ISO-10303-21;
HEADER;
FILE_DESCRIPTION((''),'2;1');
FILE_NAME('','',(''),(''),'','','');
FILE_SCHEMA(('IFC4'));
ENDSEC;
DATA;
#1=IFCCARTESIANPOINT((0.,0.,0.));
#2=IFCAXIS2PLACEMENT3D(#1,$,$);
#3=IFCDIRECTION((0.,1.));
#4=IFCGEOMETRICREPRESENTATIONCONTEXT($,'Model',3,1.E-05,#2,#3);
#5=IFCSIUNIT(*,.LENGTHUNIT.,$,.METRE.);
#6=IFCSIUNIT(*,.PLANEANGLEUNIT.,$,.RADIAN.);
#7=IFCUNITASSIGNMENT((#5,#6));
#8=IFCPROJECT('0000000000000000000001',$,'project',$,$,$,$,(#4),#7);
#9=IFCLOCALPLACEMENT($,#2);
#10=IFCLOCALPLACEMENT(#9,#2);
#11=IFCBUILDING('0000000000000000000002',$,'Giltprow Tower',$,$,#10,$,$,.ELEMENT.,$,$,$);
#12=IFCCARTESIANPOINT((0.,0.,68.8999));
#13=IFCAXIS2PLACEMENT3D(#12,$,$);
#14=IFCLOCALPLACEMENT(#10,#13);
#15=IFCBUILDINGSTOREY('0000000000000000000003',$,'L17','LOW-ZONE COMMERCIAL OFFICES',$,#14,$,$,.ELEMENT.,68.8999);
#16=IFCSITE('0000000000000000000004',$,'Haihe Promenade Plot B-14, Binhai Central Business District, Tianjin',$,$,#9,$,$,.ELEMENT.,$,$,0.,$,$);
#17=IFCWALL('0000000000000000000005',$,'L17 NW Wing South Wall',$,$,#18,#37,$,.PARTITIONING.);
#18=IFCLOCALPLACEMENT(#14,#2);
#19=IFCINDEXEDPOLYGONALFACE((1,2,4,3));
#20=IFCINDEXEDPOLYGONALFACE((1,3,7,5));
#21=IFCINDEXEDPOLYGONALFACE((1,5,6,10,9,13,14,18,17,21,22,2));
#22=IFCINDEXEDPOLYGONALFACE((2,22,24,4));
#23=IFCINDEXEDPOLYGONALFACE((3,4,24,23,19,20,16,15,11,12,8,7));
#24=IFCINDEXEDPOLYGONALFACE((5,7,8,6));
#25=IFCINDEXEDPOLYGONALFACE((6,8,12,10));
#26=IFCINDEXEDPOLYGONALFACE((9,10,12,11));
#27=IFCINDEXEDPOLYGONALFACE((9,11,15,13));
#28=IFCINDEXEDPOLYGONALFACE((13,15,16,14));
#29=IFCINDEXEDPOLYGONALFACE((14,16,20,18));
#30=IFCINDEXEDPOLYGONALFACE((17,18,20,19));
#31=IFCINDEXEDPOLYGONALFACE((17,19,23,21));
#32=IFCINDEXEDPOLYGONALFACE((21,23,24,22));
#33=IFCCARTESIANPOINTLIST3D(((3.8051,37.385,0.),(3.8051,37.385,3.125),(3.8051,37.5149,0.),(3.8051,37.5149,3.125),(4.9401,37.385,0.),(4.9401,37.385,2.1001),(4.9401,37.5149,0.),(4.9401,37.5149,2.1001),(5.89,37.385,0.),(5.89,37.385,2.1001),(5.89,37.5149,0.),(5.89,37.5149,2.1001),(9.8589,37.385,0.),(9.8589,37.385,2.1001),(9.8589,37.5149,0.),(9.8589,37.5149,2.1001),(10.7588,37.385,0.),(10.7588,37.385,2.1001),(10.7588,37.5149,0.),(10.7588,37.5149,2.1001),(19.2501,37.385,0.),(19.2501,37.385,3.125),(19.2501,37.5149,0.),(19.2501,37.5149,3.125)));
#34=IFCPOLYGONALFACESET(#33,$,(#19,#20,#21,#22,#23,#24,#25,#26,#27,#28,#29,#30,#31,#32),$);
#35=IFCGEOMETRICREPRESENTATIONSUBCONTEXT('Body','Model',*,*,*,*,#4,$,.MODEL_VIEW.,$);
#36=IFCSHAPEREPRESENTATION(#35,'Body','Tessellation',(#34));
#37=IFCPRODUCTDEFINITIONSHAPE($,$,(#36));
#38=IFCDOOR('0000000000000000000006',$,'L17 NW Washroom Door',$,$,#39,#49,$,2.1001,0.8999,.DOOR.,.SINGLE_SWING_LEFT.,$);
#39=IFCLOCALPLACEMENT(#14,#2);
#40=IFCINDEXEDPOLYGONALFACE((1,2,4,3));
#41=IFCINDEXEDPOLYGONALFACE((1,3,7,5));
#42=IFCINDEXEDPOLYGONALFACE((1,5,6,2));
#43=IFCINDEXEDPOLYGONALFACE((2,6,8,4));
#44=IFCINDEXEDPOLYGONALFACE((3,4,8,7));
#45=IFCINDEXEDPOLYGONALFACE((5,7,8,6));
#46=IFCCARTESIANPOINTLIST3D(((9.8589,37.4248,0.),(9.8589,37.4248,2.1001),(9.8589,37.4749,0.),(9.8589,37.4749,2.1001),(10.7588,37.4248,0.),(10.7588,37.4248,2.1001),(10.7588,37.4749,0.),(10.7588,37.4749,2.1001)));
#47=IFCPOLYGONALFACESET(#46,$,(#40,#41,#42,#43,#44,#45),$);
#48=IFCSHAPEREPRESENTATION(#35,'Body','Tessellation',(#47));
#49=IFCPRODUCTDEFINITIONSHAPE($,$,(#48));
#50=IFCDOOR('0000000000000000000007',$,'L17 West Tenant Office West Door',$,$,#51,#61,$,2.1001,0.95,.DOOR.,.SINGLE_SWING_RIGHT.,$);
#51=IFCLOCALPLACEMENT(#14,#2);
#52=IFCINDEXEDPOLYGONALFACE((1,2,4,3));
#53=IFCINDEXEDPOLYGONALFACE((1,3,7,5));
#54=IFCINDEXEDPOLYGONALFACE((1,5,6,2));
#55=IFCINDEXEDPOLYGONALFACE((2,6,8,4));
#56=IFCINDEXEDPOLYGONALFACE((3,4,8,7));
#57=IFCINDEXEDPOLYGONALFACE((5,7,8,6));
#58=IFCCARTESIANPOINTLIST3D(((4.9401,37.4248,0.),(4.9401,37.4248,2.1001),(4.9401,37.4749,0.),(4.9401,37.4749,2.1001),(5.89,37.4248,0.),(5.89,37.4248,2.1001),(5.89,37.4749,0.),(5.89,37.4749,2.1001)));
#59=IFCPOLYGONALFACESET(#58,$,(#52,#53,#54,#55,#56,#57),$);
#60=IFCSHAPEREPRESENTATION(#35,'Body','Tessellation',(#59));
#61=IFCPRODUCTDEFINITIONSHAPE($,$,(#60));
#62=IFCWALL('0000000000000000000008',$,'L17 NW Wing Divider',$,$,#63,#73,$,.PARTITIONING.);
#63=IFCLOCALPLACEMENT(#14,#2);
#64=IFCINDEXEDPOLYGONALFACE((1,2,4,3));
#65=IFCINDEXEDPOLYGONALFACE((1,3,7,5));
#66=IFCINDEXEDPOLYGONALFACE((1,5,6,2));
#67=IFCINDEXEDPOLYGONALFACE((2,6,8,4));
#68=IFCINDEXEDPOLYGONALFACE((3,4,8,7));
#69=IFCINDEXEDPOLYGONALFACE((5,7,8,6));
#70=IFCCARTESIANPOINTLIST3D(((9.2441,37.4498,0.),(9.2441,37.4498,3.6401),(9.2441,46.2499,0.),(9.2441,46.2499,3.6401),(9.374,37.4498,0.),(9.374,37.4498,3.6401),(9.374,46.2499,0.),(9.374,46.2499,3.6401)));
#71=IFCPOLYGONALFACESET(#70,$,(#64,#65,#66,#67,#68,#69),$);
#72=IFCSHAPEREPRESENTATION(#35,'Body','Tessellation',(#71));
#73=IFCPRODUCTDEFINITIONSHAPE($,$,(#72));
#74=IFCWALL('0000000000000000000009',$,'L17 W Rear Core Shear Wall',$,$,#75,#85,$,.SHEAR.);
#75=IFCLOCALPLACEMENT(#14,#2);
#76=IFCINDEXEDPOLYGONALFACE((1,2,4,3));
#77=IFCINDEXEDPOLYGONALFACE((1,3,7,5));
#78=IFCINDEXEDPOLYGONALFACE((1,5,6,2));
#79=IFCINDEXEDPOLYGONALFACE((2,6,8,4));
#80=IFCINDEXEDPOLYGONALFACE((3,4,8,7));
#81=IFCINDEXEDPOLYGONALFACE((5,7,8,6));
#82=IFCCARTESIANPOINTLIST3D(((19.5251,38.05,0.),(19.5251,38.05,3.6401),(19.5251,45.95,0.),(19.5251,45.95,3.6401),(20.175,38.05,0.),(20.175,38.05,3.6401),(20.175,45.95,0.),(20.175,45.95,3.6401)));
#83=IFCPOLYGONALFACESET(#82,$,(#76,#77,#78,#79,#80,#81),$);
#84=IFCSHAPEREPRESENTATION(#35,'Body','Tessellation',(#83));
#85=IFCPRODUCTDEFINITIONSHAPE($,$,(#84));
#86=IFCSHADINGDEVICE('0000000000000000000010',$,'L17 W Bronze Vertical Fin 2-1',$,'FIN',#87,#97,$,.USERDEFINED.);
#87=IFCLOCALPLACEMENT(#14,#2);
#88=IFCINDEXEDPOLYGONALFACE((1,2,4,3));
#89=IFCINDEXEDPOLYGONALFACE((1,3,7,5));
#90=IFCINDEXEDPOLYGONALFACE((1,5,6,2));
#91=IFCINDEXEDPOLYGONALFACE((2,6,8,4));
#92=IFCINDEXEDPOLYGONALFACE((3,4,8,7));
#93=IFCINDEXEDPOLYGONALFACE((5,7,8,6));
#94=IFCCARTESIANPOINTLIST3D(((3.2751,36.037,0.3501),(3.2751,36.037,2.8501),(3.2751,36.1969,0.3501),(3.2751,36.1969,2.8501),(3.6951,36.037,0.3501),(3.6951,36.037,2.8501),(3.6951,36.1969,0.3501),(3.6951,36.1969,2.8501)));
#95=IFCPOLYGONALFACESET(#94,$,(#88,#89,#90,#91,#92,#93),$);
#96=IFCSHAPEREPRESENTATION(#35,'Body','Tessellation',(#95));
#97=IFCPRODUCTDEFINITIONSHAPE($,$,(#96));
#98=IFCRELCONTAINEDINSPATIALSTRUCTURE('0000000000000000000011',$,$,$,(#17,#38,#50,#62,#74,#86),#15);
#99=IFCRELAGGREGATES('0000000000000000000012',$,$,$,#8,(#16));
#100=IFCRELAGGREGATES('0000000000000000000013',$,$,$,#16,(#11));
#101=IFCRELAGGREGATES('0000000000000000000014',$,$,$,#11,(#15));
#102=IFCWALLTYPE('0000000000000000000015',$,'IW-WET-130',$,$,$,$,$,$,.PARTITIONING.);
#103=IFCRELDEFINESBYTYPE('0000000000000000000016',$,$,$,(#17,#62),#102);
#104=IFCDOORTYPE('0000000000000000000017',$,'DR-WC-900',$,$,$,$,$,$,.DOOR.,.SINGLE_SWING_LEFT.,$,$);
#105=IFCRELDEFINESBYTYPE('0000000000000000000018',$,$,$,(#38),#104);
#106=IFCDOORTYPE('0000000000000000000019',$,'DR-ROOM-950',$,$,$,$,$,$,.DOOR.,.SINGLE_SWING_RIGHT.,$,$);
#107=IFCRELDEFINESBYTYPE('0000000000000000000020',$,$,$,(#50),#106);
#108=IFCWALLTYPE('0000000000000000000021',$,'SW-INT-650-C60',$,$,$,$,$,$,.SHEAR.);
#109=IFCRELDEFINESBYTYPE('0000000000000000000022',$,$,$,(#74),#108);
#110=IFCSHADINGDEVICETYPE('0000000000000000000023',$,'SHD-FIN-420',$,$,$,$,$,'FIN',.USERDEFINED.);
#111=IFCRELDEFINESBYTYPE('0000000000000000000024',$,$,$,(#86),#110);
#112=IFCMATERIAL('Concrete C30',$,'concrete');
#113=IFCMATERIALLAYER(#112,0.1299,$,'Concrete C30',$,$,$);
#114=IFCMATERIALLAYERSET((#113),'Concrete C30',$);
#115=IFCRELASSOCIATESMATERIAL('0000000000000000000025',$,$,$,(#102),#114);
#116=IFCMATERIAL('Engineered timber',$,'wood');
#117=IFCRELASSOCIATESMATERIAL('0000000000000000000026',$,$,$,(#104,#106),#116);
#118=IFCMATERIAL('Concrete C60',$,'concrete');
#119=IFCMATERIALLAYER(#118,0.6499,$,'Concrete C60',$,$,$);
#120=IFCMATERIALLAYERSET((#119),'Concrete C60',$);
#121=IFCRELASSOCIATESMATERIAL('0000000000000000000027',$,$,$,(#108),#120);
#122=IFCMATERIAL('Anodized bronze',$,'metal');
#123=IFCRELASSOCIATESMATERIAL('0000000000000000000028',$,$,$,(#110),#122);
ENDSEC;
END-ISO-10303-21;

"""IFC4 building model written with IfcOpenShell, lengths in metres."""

from ifc_helpers import new_model, si_unit, direction, frame, frame_2d, origin, origin_2d, place, context, subcontext, project, spatial, rectangle, extrude, source, transform, mapped, material, layer, layer_set, type_object, element, fill, save


model = new_model("IFC4")

# Units and contexts
model_context = context("Model", 3, precision=1e-05, world=origin(), true_north=direction((0.0, 1.0)))
body_context = subcontext(model_context, "Body", "Model", "MODEL_VIEW")
ifc_project = project(units=[si_unit("LENGTHUNIT", "METRE"), si_unit("PLANEANGLEUNIT", "RADIAN")], contexts=[model_context])

# Site, building, storey
site_placement = place(None, origin())
site = spatial("IfcSite", under=ifc_project, at=site_placement, Name="Haihe Promenade Plot B-14, Binhai Central Business District, Tianjin", CompositionType="ELEMENT", RefElevation=0.0)
building_placement = place(site_placement, origin())
building = spatial("IfcBuilding", under=site, at=building_placement, Name="Giltprow Tower", CompositionType="ELEMENT")
storey_placement = place(building_placement, frame((0.0, 0.0, 68.8999)))
storey = spatial("IfcBuildingStorey", under=building, at=storey_placement, Name="L17", Description="LOW-ZONE COMMERCIAL OFFICES", CompositionType="ELEMENT", Elevation=68.8999)

# Shared definitions
ifc_material_1 = material(Name="Concrete C60", Category="concrete")

# Shared definitions
ifc_material_2 = material(Name="Engineered timber", Category="wood")

# Wall, openings, doors
ifc_material_3 = material(Name="Concrete C30", Category="concrete")
ifc_layer_1 = layer(ifc_material_3, 0.1299, Name="Concrete C30")
ifc_layer_set_1 = layer_set([ifc_layer_1], Name="Concrete C30")
wall_type_1 = type_object("IfcWallType", Name="IW-WET-130", PredefinedType="PARTITIONING", material=ifc_layer_set_1)
wall_1_placement = place(storey_placement, frame((3.8049, 37.45, 0.0), z_axis=(0.0, 0.0, 1.0), x_axis=(1.0, 0.0, 0.0)))
wall_1 = element("IfcWall", 1, at=wall_1_placement, inside=storey, type_object=wall_type_1, Name="L17 NW Wing South Wall", PredefinedType="PARTITIONING", context=body_context, shape_type="SweptSolid", body=[
    extrude(rectangle(XDim=15.4451, YDim=0.1299, at=frame_2d((7.7227, 0.0))), origin(), (0.0, 0.0, 1.0), 3.125),
])
opening_1_placement = place(wall_1_placement, frame((1.135, 0.0, 0.0)))
opening_1 = element("IfcOpeningElement", 2, at=opening_1_placement, cuts=wall_1, PredefinedType="OPENING", context=body_context, shape_type="SweptSolid", body=[
    extrude(rectangle(XDim=0.95, YDim=2.1001, at=frame_2d((0.4751, 1.05))), frame((0.0, 0.075, 0.0), z_axis=(0.0, -1.0, 0.0), x_axis=(1.0, 0.0, 0.0)), (0.0, 0.0, 1.0), 0.1499),
])
opening_2_placement = place(wall_1_placement, frame((6.054, 0.0, 0.0)))
opening_2 = element("IfcOpeningElement", 3, at=opening_2_placement, cuts=wall_1, PredefinedType="OPENING", context=body_context, shape_type="SweptSolid", body=[
    extrude(rectangle(XDim=0.8999, YDim=2.1001, at=frame_2d((0.45, 1.05))), frame((0.0, 0.075, 0.0), z_axis=(0.0, -1.0, 0.0), x_axis=(1.0, 0.0, 0.0)), (0.0, 0.0, 1.0), 0.1499),
])
door_type_1 = type_object("IfcDoorType", Name="DR-WC-900", OperationType="SINGLE_SWING_LEFT", PredefinedType="DOOR", material=ifc_material_2)
shared_shape_1 = source(origin(), body_context, "Body", "SweptSolid", [
    extrude(rectangle(XDim=0.8999, YDim=2.1001, at=frame_2d((0.45, 1.05))), frame((0.0, 0.0249, 0.0), z_axis=(0.0, -1.0, 0.0), x_axis=(1.0, 0.0, 0.0)), (0.0, 0.0, 1.0), 0.05),
])
door_1_placement = place(opening_2_placement, origin())
door_1 = element("IfcDoor", 4, at=door_1_placement, inside=storey, type_object=door_type_1, Name="L17 NW Washroom Door", OperationType="SINGLE_SWING_LEFT", OverallHeight=2.1001, OverallWidth=0.8999, PredefinedType="DOOR", context=body_context, shape_type="MappedRepresentation", body=[
    mapped(shared_shape_1, transform((0.0, 0.0, 0.0), x_axis=(1.0, 0.0, 0.0), y_axis=(0.0, 1.0, 0.0), z_axis=(0.0, 0.0, 1.0), scale=1.0)),
])
fill(opening_2, door_1)
door_type_2 = type_object("IfcDoorType", Name="DR-ROOM-950", OperationType="SINGLE_SWING_RIGHT", PredefinedType="DOOR", material=ifc_material_2)
shared_shape_2 = source(origin(), body_context, "Body", "SweptSolid", [
    extrude(rectangle(XDim=0.95, YDim=2.1001, at=frame_2d((0.4751, 1.05))), frame((0.0, 0.0249, 0.0), z_axis=(0.0, -1.0, 0.0), x_axis=(1.0, 0.0, 0.0)), (0.0, 0.0, 1.0), 0.05),
])
door_2_placement = place(opening_1_placement, origin())
door_2 = element("IfcDoor", 5, at=door_2_placement, inside=storey, type_object=door_type_2, Name="L17 West Tenant Office West Door", OperationType="SINGLE_SWING_RIGHT", OverallHeight=2.1001, OverallWidth=0.95, PredefinedType="DOOR", context=body_context, shape_type="MappedRepresentation", body=[
    mapped(shared_shape_2, transform((0.0, 0.0, 0.0), x_axis=(1.0, 0.0, 0.0), y_axis=(0.0, 1.0, 0.0), z_axis=(0.0, 0.0, 1.0), scale=1.0)),
])
fill(opening_1, door_2)

# Walls
wall_2_placement = place(storey_placement, frame((9.3091, 37.45, 0.0), z_axis=(0.0, 0.0, 1.0), x_axis=(0.0, 1.0, 0.0)))
element("IfcWall", 6, at=wall_2_placement, inside=storey, type_object=wall_type_1, Name="L17 NW Wing Divider", PredefinedType="PARTITIONING", context=body_context, shape_type="SweptSolid", body=[
    extrude(rectangle(XDim=8.8, YDim=0.1299, at=frame_2d((4.3999, 0.0))), origin(), (0.0, 0.0, 1.0), 3.6401),
])
ifc_layer_2 = layer(ifc_material_1, 0.6499, Name="Concrete C60")
ifc_layer_set_2 = layer_set([ifc_layer_2], Name="Concrete C60")
wall_type_2 = type_object("IfcWallType", Name="SW-INT-650-C60", PredefinedType="SHEAR", material=ifc_layer_set_2)
wall_3_placement = place(storey_placement, frame((19.8501, 38.05, 0.0), z_axis=(0.0, 0.0, 1.0), x_axis=(0.0, 1.0, 0.0)))
element("IfcWall", 7, at=wall_3_placement, inside=storey, type_object=wall_type_2, Name="L17 W Rear Core Shear Wall", PredefinedType="SHEAR", context=body_context, shape_type="SweptSolid", body=[
    extrude(rectangle(XDim=7.8999, YDim=0.6499, at=frame_2d((3.95, 0.0))), origin(), (0.0, 0.0, 1.0), 3.6401),
])

# Shading device
ifc_material_4 = material(Name="Anodized bronze", Category="metal")
shading_device_type = type_object("IfcShadingDeviceType", Name="SHD-FIN-420", ElementType="FIN", PredefinedType="USERDEFINED", material=ifc_material_4)
shared_shape_3 = source(origin(), body_context, "Body", "SweptSolid", [
    extrude(rectangle(XDim=0.4199, YDim=0.1599, at=origin_2d()), origin(), (0.0, 0.0, 1.0), 2.5),
])
shading_device_placement = place(storey_placement, frame((3.4851, 36.1169, 0.3501), z_axis=(0.0, 0.0, 1.0), x_axis=(1.0, 0.0, 0.0)))
element("IfcShadingDevice", 8, at=shading_device_placement, inside=storey, type_object=shading_device_type, Name="L17 W Bronze Vertical Fin 2-1", ObjectType="FIN", PredefinedType="USERDEFINED", context=body_context, shape_type="MappedRepresentation", body=[
    mapped(shared_shape_3, transform((0.0, 0.0, 0.0), x_axis=(1.0, 0.0, 0.0), y_axis=(0.0, 1.0, 0.0), z_axis=(0.0, 0.0, 1.0), scale=1.0)),
])

save(model, "model.ifc")
